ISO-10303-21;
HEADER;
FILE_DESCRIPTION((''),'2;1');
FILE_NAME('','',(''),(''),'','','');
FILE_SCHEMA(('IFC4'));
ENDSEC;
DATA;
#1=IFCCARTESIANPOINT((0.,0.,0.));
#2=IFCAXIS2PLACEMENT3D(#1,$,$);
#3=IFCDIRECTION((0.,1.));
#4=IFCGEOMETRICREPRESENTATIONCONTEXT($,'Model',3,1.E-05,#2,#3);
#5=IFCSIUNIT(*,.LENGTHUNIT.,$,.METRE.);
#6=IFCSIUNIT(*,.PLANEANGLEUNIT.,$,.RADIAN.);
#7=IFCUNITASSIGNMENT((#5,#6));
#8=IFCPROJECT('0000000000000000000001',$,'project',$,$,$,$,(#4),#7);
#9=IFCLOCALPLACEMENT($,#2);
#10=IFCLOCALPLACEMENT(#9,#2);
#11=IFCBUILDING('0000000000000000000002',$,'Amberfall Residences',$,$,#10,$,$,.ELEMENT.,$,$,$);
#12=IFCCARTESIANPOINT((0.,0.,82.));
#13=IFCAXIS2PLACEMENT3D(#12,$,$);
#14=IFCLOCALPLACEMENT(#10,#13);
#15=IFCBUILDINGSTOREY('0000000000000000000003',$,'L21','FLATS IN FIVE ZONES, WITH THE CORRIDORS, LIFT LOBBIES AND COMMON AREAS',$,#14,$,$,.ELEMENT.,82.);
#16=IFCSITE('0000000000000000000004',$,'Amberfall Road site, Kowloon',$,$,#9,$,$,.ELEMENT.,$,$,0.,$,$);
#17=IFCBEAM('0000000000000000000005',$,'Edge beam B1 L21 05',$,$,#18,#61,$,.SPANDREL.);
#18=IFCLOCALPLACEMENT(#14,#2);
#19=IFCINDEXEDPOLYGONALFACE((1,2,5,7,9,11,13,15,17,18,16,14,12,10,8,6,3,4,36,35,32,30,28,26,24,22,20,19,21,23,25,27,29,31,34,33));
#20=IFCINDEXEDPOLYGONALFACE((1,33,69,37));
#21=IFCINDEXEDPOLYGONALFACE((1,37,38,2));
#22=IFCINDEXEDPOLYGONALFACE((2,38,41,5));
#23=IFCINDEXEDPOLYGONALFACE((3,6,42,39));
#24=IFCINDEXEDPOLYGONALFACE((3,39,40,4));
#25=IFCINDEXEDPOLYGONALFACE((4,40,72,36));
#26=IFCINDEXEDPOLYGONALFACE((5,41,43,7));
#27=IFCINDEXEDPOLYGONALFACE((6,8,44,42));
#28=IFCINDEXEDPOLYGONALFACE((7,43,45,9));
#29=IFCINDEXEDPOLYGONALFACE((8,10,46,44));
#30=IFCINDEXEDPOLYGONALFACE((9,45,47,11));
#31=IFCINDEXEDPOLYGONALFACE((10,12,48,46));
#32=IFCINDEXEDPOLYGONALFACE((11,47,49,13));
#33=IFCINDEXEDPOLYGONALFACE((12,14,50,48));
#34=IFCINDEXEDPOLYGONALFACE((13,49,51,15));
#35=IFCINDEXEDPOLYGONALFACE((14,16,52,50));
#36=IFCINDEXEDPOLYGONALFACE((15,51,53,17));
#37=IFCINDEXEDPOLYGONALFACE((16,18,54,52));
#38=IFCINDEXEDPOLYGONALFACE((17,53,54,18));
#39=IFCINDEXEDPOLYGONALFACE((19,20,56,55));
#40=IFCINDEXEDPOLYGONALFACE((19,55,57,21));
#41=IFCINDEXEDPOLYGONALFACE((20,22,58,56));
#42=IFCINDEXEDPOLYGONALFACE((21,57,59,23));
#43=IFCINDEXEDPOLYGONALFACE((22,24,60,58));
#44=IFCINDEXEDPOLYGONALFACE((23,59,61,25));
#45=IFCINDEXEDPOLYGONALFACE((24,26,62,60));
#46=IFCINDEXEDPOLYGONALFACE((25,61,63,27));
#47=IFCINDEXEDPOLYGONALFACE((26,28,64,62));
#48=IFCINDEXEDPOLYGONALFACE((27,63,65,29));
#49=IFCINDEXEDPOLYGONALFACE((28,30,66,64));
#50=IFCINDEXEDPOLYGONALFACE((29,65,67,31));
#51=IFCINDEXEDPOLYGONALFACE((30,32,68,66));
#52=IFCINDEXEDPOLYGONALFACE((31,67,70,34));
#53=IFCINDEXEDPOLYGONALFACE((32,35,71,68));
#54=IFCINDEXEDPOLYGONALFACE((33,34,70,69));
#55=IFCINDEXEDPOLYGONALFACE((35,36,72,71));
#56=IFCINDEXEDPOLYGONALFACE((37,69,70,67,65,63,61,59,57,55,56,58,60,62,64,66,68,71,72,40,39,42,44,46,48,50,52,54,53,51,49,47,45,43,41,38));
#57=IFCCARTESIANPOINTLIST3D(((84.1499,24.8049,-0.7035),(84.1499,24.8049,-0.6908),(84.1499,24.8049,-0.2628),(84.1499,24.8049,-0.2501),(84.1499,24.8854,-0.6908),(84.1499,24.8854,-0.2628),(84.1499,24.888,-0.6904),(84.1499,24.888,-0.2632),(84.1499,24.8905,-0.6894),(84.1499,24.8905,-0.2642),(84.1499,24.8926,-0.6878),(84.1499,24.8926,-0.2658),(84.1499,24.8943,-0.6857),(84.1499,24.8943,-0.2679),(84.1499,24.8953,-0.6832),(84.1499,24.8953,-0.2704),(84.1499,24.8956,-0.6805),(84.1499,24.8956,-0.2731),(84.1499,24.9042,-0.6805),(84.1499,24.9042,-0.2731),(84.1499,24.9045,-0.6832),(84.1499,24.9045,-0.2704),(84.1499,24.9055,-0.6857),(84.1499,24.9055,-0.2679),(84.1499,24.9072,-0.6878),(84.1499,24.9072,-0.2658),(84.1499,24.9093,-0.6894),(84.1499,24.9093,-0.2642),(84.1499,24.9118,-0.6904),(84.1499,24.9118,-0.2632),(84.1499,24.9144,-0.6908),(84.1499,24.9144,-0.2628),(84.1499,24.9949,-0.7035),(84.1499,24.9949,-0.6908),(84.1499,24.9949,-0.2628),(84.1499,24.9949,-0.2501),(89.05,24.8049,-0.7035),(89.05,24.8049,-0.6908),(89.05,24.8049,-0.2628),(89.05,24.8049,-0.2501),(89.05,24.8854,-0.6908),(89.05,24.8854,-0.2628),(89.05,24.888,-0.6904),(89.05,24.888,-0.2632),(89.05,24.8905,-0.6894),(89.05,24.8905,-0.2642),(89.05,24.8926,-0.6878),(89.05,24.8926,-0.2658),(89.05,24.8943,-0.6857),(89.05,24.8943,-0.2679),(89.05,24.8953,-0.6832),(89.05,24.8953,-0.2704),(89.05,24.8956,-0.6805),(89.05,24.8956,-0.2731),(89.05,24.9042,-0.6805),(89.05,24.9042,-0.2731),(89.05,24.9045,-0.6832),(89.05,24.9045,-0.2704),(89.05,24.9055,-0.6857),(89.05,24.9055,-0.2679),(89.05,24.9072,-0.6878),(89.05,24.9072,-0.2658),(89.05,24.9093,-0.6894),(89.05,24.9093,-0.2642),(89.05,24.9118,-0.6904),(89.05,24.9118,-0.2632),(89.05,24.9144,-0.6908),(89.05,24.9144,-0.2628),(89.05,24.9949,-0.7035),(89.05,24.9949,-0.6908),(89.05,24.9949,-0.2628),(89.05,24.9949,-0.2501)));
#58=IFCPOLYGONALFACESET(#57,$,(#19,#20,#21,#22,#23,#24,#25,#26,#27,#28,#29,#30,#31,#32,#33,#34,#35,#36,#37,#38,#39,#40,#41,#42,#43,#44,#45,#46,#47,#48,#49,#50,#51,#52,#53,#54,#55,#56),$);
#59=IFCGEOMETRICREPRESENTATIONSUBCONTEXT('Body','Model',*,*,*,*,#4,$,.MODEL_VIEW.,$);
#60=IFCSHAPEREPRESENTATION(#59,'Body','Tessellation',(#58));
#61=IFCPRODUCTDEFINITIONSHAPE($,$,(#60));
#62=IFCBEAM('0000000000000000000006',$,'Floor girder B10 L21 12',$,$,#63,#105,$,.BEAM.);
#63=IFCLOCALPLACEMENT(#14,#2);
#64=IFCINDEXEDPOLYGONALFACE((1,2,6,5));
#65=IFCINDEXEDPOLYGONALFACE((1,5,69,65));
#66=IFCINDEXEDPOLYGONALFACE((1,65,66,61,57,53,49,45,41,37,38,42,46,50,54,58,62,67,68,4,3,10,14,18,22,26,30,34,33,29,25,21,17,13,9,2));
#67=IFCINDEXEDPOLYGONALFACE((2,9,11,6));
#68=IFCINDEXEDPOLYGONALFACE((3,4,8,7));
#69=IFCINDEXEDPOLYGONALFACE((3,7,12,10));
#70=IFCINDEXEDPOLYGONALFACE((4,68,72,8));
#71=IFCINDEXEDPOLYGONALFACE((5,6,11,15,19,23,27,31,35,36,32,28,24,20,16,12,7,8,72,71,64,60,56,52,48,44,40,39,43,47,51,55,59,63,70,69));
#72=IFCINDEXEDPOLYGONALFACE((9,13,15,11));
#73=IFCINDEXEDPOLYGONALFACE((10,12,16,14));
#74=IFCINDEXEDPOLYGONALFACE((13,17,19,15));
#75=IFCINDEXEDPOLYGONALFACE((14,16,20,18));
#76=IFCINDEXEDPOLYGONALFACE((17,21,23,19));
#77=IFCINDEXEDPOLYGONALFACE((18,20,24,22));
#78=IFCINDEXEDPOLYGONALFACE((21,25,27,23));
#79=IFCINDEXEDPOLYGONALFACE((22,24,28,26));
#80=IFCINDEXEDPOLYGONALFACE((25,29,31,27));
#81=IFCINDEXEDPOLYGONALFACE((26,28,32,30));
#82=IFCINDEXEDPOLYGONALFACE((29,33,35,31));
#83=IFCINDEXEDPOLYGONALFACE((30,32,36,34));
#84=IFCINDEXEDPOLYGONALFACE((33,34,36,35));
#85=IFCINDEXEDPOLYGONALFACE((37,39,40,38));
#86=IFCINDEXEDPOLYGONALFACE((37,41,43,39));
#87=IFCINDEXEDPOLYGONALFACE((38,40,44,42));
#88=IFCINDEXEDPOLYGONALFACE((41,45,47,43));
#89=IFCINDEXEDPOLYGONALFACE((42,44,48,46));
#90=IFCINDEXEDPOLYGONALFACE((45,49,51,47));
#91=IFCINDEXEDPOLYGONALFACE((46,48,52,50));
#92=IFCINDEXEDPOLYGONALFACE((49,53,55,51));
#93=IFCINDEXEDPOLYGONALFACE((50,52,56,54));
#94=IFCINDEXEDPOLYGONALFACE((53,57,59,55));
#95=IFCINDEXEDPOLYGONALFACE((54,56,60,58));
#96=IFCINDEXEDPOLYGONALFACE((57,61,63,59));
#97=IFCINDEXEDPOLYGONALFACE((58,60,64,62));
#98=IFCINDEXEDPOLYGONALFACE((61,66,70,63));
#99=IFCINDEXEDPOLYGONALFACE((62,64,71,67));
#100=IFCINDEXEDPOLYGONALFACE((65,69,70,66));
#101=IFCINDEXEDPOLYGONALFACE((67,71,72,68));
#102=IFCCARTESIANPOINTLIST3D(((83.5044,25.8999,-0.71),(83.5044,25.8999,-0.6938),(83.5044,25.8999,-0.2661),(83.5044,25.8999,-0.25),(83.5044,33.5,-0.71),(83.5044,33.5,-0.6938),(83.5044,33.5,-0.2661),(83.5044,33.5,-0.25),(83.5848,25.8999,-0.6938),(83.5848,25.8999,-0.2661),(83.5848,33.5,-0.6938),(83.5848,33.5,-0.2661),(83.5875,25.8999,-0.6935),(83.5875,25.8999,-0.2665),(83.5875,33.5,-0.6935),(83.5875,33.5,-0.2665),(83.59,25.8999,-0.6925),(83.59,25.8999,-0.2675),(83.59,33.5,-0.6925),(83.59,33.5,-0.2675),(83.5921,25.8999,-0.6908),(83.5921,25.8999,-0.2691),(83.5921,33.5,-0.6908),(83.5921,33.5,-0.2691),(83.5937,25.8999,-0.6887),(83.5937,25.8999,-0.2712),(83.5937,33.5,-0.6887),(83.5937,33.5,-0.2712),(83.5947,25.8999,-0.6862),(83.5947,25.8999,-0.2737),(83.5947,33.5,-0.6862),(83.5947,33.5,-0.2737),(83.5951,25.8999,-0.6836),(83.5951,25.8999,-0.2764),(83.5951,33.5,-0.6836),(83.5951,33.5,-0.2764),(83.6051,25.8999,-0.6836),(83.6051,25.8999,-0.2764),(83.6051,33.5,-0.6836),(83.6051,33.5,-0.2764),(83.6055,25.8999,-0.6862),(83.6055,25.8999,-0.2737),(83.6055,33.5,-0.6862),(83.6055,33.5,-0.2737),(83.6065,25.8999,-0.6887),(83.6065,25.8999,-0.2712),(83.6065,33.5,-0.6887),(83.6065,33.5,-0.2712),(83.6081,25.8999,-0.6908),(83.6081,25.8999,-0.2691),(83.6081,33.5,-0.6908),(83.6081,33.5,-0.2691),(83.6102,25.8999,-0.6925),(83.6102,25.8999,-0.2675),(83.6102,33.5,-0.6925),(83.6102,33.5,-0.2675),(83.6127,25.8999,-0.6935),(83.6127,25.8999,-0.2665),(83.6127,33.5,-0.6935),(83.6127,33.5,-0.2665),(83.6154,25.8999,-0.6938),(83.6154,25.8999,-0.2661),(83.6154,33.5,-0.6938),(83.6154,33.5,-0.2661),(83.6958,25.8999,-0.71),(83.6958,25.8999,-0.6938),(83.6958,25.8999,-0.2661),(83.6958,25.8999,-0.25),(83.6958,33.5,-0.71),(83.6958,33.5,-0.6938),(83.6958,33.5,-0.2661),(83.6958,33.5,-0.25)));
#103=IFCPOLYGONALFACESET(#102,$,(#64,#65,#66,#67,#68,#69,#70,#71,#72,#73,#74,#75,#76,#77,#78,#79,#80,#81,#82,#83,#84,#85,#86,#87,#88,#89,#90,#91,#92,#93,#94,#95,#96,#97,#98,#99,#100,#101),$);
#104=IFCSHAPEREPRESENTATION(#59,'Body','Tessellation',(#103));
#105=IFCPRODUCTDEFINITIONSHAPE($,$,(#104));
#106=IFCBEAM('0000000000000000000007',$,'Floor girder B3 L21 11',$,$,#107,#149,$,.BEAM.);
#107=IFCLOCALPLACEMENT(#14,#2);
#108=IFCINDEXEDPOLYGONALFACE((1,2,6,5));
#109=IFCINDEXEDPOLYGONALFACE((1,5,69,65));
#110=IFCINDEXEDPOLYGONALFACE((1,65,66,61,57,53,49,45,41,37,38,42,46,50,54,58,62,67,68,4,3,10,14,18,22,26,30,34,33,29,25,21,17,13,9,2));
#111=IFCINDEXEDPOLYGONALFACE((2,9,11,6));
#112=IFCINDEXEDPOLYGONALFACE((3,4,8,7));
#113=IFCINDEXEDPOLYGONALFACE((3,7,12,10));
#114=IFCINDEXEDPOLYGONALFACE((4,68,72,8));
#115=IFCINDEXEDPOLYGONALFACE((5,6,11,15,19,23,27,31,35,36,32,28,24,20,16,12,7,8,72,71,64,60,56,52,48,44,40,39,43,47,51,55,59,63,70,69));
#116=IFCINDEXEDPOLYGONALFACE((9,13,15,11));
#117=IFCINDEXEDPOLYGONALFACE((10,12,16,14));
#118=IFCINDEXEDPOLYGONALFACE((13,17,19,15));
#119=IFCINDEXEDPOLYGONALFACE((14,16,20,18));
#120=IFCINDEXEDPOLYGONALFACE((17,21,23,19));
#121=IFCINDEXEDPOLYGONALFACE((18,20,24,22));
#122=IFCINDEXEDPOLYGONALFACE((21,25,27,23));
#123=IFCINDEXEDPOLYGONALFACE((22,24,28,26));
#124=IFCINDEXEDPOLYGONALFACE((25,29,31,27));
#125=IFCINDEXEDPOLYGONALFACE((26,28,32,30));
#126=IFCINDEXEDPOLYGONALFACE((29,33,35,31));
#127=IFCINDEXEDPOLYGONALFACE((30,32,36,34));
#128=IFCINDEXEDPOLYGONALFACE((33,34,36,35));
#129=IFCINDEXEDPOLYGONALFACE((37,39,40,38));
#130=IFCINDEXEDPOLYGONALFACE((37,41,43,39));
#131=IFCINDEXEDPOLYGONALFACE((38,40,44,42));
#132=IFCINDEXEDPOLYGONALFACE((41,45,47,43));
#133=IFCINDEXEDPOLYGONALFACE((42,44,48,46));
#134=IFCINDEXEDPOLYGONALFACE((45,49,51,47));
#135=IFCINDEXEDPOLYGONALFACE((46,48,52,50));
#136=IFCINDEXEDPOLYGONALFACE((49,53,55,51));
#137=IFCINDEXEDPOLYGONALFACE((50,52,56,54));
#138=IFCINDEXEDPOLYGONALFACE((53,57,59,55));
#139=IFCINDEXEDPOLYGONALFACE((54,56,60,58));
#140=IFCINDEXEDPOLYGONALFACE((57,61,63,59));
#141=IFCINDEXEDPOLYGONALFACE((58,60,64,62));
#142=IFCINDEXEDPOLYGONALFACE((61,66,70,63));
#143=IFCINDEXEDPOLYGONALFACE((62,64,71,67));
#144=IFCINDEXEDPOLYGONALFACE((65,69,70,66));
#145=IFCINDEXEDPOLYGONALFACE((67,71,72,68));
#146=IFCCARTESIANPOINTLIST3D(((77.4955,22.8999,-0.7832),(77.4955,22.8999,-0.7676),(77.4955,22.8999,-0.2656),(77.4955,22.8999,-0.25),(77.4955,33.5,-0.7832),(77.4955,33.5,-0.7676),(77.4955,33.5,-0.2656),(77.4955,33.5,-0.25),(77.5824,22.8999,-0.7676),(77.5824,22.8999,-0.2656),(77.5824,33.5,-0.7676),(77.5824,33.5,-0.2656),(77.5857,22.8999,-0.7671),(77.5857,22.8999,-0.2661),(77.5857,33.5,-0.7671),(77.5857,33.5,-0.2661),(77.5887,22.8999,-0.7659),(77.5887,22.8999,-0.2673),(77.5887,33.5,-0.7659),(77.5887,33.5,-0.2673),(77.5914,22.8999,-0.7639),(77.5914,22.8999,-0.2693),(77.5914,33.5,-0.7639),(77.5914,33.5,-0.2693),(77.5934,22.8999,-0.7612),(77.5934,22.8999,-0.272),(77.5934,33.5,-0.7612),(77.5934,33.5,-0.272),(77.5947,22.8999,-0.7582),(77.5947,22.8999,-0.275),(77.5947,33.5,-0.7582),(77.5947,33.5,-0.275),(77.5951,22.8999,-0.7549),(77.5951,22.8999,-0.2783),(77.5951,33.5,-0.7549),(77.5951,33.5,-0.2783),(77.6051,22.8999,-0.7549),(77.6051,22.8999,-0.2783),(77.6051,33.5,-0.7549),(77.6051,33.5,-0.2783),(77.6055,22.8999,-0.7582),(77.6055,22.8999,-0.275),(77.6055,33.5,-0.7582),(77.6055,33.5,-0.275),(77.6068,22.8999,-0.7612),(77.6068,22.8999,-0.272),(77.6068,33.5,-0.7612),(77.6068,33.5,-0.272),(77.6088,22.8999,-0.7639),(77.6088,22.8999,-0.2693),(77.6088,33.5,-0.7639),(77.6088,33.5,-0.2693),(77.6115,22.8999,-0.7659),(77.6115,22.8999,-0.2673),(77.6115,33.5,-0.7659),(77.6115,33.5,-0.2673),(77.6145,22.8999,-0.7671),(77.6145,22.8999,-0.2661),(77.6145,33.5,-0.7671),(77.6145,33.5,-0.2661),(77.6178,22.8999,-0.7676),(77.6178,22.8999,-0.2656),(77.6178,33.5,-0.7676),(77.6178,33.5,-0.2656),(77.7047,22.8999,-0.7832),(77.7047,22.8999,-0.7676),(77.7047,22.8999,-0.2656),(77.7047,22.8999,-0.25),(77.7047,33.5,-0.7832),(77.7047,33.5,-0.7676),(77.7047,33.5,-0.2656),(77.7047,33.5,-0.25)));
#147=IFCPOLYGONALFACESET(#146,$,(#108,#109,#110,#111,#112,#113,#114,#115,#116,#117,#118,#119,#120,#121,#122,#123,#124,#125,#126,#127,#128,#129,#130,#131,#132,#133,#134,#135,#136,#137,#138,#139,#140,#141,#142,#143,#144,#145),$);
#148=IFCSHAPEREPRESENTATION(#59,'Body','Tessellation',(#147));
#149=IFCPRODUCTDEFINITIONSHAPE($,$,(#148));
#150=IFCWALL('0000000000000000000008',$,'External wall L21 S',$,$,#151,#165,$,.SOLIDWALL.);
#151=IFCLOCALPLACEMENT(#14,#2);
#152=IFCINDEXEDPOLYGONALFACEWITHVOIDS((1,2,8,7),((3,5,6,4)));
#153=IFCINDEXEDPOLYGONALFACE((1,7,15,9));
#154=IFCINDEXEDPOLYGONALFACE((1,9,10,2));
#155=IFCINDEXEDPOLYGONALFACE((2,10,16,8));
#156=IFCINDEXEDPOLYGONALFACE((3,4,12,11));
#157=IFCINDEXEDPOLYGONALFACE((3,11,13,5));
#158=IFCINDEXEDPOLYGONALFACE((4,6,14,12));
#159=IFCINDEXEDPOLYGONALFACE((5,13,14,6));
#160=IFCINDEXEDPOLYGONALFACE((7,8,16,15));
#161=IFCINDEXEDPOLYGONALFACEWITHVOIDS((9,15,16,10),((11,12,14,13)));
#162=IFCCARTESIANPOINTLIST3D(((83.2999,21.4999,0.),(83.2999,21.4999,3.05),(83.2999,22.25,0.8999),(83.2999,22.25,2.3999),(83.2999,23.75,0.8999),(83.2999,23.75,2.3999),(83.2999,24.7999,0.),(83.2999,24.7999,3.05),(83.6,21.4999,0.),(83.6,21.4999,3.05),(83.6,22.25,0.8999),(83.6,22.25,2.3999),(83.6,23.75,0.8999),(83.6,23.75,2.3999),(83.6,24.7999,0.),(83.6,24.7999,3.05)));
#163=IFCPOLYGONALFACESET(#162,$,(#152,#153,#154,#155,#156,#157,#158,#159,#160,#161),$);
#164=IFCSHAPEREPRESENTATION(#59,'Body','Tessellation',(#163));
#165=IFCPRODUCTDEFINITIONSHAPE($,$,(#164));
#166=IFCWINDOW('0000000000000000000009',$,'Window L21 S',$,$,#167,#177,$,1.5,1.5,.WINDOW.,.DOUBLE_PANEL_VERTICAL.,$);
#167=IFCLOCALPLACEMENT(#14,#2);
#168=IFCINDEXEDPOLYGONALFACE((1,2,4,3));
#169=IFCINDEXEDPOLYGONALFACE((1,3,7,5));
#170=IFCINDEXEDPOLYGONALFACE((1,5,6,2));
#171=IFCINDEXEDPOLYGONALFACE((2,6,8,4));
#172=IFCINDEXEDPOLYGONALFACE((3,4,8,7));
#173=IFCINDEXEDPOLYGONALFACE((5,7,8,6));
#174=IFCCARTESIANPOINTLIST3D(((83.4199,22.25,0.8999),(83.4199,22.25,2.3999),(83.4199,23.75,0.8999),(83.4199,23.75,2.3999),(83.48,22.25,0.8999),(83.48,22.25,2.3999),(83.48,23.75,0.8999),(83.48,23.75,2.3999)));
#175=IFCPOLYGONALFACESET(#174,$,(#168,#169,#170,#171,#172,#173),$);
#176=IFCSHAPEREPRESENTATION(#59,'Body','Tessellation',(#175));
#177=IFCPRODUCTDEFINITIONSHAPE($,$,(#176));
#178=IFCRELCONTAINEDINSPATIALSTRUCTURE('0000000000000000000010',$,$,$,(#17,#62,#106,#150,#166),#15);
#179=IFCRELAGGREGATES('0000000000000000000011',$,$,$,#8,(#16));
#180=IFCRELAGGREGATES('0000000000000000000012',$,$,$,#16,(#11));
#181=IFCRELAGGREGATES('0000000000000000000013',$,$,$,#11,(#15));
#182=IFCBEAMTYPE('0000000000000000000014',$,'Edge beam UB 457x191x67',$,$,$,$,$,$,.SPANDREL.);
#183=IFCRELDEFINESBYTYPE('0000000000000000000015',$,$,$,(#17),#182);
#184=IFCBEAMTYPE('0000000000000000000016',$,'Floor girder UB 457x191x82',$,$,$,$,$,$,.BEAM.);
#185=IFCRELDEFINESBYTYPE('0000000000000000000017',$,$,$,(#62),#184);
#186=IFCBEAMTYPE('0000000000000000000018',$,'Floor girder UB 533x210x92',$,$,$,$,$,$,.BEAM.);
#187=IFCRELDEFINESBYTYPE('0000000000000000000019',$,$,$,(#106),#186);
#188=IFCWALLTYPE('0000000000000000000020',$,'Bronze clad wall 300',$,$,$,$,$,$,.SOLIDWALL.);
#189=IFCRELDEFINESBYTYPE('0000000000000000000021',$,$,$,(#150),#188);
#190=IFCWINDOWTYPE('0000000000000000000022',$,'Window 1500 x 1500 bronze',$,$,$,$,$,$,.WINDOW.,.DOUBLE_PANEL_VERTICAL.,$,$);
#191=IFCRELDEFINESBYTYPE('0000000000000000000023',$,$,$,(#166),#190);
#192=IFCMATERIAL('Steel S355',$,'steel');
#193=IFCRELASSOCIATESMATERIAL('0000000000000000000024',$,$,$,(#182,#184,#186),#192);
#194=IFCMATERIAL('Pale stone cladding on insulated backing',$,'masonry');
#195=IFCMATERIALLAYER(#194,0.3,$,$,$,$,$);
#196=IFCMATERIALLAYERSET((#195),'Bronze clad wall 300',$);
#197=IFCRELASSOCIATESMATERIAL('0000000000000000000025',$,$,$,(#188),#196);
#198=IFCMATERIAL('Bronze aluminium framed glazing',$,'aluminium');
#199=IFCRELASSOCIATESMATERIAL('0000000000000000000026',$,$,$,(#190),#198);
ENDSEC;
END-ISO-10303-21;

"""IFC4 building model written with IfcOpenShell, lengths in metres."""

from ifc_helpers import new_model, si_unit, direction, frame, frame_2d, origin, origin_2d, place, context, subcontext, project, spatial, rectangle, i_section, extrude, material, layer, layer_set, material_profile, profile_set, type_object, element, fill, save


model = new_model("IFC4")

# Units and contexts
model_context = context("Model", 3, precision=1e-05, world=origin(), true_north=direction((0.0, 1.0)))
body_context = subcontext(model_context, "Body", "Model", "MODEL_VIEW")
ifc_project = project(units=[si_unit("LENGTHUNIT", "METRE"), si_unit("PLANEANGLEUNIT", "RADIAN")], contexts=[model_context])

# Site, building, storey
site_placement = place(None, origin())
site = spatial("IfcSite", under=ifc_project, at=site_placement, Name="Amberfall Road site, Kowloon", CompositionType="ELEMENT", RefElevation=0.0)
building_placement = place(site_placement, origin())
building = spatial("IfcBuilding", under=site, at=building_placement, Name="Amberfall Residences", CompositionType="ELEMENT")
storey_placement = place(building_placement, frame((0.0, 0.0, 82.0)))
storey = spatial("IfcBuildingStorey", under=building, at=storey_placement, Name="L21", Description="FLATS IN FIVE ZONES, WITH THE CORRIDORS, LIFT LOBBIES AND COMMON AREAS", CompositionType="ELEMENT", Elevation=82.0)

# Beams
ifc_material_1 = material(Name="Steel S355", Category="steel")
ifc_material_profile_1 = material_profile(ifc_material_1, i_section(OverallWidth=0.1899, OverallDepth=0.4534, WebThickness=0.0085, FlangeThickness=0.0127, FilletRadius=0.0103, at=origin_2d()), Name="UB 457x191x67")
ifc_profile_set_1 = profile_set([ifc_material_profile_1], Name="Steel S355")
beam_type_1 = type_object("IfcBeamType", Name="Edge beam UB 457x191x67", PredefinedType="SPANDREL", material=ifc_profile_set_1)
beam_1_placement = place(storey_placement, frame((84.1499, 24.8999, -0.4768), z_axis=(1.0, 0.0, 0.0), x_axis=(0.0, 1.0, 0.0)))
element("IfcBeam", 1, at=beam_1_placement, inside=storey, type_object=beam_type_1, Name="Edge beam B1 L21 05", PredefinedType="SPANDREL", context=body_context, shape_type="SweptSolid", body=[
    extrude(i_section(OverallWidth=0.1899, OverallDepth=0.4534, WebThickness=0.0085, FlangeThickness=0.0127, FilletRadius=0.0103, at=origin_2d()), origin(), (0.0, 0.0, 1.0), 4.9001),
])
ifc_material_profile_2 = material_profile(ifc_material_1, i_section(OverallWidth=0.1914, OverallDepth=0.46, WebThickness=0.01, FlangeThickness=0.0161, FilletRadius=0.0103, at=origin_2d()), Name="UB 457x191x82")
ifc_profile_set_2 = profile_set([ifc_material_profile_2], Name="Steel S355")
beam_type_2 = type_object("IfcBeamType", Name="Floor girder UB 457x191x82", PredefinedType="BEAM", material=ifc_profile_set_2)
beam_2_placement = place(storey_placement, frame((83.6001, 25.8999, -0.48), z_axis=(0.0, 1.0, 0.0), x_axis=(-1.0, 0.0, 0.0)))
element("IfcBeam", 2, at=beam_2_placement, inside=storey, type_object=beam_type_2, Name="Floor girder B10 L21 12", PredefinedType="BEAM", context=body_context, shape_type="SweptSolid", body=[
    extrude(i_section(OverallWidth=0.1914, OverallDepth=0.46, WebThickness=0.01, FlangeThickness=0.0161, FilletRadius=0.0103, at=origin_2d()), origin(), (0.0, 0.0, 1.0), 7.6001),
])
ifc_material_profile_3 = material_profile(ifc_material_1, i_section(OverallWidth=0.2092, OverallDepth=0.5332, WebThickness=0.01, FlangeThickness=0.0156, FilletRadius=0.0127, at=origin_2d()), Name="UB 533x210x92")
ifc_profile_set_3 = profile_set([ifc_material_profile_3], Name="Steel S355")
beam_type_3 = type_object("IfcBeamType", Name="Floor girder UB 533x210x92", PredefinedType="BEAM", material=ifc_profile_set_3)
beam_3_placement = place(storey_placement, frame((77.6001, 22.8999, -0.5166), z_axis=(0.0, 1.0, 0.0), x_axis=(-1.0, 0.0, 0.0)))
element("IfcBeam", 3, at=beam_3_placement, inside=storey, type_object=beam_type_3, Name="Floor girder B3 L21 11", PredefinedType="BEAM", context=body_context, shape_type="SweptSolid", body=[
    extrude(i_section(OverallWidth=0.2092, OverallDepth=0.5332, WebThickness=0.01, FlangeThickness=0.0156, FilletRadius=0.0127, at=origin_2d()), origin(), (0.0, 0.0, 1.0), 10.6001),
])

# Wall, opening, window
ifc_material_2 = material(Name="Pale stone cladding on insulated backing", Category="masonry")
ifc_layer_1 = layer(ifc_material_2, 0.3)
ifc_layer_set_1 = layer_set([ifc_layer_1], Name="Bronze clad wall 300")
wall_type_1 = type_object("IfcWallType", Name="Bronze clad wall 300", PredefinedType="SOLIDWALL", material=ifc_layer_set_1)
wall_1_placement = place(storey_placement, frame((83.45, 21.5, 0.0), z_axis=(0.0, 0.0, 1.0), x_axis=(0.0, 1.0, 0.0)))
wall_1 = element("IfcWall", 4, at=wall_1_placement, inside=storey, type_object=wall_type_1, Name="External wall L21 S", PredefinedType="SOLIDWALL", context=body_context, shape_type="SweptSolid", body=[
    extrude(rectangle(XDim=3.3, YDim=0.3, at=frame_2d((1.6499, 0.0))), origin(), (0.0, 0.0, 1.0), 3.05),
])
opening_1_placement = place(wall_1_placement, frame((0.75, 0.0, 0.8999)))
opening_1 = element("IfcOpeningElement", 5, at=opening_1_placement, cuts=wall_1, PredefinedType="OPENING", context=body_context, shape_type="SweptSolid", body=[
    extrude(rectangle(XDim=1.5, YDim=1.5, at=frame_2d((0.75, 0.75))), frame((0.0, 0.1599, 0.0), z_axis=(0.0, -1.0, 0.0), x_axis=(1.0, 0.0, 0.0)), (0.0, 0.0, 1.0), 0.3201),
])
ifc_material_3 = material(Name="Bronze aluminium framed glazing", Category="aluminium")
window_type_1 = type_object("IfcWindowType", Name="Window 1500 x 1500 bronze", PartitioningType="DOUBLE_PANEL_VERTICAL", PredefinedType="WINDOW", material=ifc_material_3)
window_1_placement = place(opening_1_placement, origin())
window_1 = element("IfcWindow", 6, at=window_1_placement, inside=storey, type_object=window_type_1, Name="Window L21 S", OverallHeight=1.5, OverallWidth=1.5, PartitioningType="DOUBLE_PANEL_VERTICAL", PredefinedType="WINDOW", context=body_context, shape_type="SweptSolid", body=[
    extrude(rectangle(XDim=1.5, YDim=1.5, at=frame_2d((0.75, 0.75))), frame((0.0, 0.03, 0.0), z_axis=(0.0, -1.0, 0.0), x_axis=(1.0, 0.0, 0.0)), (0.0, 0.0, 1.0), 0.0601),
])
fill(opening_1, window_1)

save(model, "model.ifc")
